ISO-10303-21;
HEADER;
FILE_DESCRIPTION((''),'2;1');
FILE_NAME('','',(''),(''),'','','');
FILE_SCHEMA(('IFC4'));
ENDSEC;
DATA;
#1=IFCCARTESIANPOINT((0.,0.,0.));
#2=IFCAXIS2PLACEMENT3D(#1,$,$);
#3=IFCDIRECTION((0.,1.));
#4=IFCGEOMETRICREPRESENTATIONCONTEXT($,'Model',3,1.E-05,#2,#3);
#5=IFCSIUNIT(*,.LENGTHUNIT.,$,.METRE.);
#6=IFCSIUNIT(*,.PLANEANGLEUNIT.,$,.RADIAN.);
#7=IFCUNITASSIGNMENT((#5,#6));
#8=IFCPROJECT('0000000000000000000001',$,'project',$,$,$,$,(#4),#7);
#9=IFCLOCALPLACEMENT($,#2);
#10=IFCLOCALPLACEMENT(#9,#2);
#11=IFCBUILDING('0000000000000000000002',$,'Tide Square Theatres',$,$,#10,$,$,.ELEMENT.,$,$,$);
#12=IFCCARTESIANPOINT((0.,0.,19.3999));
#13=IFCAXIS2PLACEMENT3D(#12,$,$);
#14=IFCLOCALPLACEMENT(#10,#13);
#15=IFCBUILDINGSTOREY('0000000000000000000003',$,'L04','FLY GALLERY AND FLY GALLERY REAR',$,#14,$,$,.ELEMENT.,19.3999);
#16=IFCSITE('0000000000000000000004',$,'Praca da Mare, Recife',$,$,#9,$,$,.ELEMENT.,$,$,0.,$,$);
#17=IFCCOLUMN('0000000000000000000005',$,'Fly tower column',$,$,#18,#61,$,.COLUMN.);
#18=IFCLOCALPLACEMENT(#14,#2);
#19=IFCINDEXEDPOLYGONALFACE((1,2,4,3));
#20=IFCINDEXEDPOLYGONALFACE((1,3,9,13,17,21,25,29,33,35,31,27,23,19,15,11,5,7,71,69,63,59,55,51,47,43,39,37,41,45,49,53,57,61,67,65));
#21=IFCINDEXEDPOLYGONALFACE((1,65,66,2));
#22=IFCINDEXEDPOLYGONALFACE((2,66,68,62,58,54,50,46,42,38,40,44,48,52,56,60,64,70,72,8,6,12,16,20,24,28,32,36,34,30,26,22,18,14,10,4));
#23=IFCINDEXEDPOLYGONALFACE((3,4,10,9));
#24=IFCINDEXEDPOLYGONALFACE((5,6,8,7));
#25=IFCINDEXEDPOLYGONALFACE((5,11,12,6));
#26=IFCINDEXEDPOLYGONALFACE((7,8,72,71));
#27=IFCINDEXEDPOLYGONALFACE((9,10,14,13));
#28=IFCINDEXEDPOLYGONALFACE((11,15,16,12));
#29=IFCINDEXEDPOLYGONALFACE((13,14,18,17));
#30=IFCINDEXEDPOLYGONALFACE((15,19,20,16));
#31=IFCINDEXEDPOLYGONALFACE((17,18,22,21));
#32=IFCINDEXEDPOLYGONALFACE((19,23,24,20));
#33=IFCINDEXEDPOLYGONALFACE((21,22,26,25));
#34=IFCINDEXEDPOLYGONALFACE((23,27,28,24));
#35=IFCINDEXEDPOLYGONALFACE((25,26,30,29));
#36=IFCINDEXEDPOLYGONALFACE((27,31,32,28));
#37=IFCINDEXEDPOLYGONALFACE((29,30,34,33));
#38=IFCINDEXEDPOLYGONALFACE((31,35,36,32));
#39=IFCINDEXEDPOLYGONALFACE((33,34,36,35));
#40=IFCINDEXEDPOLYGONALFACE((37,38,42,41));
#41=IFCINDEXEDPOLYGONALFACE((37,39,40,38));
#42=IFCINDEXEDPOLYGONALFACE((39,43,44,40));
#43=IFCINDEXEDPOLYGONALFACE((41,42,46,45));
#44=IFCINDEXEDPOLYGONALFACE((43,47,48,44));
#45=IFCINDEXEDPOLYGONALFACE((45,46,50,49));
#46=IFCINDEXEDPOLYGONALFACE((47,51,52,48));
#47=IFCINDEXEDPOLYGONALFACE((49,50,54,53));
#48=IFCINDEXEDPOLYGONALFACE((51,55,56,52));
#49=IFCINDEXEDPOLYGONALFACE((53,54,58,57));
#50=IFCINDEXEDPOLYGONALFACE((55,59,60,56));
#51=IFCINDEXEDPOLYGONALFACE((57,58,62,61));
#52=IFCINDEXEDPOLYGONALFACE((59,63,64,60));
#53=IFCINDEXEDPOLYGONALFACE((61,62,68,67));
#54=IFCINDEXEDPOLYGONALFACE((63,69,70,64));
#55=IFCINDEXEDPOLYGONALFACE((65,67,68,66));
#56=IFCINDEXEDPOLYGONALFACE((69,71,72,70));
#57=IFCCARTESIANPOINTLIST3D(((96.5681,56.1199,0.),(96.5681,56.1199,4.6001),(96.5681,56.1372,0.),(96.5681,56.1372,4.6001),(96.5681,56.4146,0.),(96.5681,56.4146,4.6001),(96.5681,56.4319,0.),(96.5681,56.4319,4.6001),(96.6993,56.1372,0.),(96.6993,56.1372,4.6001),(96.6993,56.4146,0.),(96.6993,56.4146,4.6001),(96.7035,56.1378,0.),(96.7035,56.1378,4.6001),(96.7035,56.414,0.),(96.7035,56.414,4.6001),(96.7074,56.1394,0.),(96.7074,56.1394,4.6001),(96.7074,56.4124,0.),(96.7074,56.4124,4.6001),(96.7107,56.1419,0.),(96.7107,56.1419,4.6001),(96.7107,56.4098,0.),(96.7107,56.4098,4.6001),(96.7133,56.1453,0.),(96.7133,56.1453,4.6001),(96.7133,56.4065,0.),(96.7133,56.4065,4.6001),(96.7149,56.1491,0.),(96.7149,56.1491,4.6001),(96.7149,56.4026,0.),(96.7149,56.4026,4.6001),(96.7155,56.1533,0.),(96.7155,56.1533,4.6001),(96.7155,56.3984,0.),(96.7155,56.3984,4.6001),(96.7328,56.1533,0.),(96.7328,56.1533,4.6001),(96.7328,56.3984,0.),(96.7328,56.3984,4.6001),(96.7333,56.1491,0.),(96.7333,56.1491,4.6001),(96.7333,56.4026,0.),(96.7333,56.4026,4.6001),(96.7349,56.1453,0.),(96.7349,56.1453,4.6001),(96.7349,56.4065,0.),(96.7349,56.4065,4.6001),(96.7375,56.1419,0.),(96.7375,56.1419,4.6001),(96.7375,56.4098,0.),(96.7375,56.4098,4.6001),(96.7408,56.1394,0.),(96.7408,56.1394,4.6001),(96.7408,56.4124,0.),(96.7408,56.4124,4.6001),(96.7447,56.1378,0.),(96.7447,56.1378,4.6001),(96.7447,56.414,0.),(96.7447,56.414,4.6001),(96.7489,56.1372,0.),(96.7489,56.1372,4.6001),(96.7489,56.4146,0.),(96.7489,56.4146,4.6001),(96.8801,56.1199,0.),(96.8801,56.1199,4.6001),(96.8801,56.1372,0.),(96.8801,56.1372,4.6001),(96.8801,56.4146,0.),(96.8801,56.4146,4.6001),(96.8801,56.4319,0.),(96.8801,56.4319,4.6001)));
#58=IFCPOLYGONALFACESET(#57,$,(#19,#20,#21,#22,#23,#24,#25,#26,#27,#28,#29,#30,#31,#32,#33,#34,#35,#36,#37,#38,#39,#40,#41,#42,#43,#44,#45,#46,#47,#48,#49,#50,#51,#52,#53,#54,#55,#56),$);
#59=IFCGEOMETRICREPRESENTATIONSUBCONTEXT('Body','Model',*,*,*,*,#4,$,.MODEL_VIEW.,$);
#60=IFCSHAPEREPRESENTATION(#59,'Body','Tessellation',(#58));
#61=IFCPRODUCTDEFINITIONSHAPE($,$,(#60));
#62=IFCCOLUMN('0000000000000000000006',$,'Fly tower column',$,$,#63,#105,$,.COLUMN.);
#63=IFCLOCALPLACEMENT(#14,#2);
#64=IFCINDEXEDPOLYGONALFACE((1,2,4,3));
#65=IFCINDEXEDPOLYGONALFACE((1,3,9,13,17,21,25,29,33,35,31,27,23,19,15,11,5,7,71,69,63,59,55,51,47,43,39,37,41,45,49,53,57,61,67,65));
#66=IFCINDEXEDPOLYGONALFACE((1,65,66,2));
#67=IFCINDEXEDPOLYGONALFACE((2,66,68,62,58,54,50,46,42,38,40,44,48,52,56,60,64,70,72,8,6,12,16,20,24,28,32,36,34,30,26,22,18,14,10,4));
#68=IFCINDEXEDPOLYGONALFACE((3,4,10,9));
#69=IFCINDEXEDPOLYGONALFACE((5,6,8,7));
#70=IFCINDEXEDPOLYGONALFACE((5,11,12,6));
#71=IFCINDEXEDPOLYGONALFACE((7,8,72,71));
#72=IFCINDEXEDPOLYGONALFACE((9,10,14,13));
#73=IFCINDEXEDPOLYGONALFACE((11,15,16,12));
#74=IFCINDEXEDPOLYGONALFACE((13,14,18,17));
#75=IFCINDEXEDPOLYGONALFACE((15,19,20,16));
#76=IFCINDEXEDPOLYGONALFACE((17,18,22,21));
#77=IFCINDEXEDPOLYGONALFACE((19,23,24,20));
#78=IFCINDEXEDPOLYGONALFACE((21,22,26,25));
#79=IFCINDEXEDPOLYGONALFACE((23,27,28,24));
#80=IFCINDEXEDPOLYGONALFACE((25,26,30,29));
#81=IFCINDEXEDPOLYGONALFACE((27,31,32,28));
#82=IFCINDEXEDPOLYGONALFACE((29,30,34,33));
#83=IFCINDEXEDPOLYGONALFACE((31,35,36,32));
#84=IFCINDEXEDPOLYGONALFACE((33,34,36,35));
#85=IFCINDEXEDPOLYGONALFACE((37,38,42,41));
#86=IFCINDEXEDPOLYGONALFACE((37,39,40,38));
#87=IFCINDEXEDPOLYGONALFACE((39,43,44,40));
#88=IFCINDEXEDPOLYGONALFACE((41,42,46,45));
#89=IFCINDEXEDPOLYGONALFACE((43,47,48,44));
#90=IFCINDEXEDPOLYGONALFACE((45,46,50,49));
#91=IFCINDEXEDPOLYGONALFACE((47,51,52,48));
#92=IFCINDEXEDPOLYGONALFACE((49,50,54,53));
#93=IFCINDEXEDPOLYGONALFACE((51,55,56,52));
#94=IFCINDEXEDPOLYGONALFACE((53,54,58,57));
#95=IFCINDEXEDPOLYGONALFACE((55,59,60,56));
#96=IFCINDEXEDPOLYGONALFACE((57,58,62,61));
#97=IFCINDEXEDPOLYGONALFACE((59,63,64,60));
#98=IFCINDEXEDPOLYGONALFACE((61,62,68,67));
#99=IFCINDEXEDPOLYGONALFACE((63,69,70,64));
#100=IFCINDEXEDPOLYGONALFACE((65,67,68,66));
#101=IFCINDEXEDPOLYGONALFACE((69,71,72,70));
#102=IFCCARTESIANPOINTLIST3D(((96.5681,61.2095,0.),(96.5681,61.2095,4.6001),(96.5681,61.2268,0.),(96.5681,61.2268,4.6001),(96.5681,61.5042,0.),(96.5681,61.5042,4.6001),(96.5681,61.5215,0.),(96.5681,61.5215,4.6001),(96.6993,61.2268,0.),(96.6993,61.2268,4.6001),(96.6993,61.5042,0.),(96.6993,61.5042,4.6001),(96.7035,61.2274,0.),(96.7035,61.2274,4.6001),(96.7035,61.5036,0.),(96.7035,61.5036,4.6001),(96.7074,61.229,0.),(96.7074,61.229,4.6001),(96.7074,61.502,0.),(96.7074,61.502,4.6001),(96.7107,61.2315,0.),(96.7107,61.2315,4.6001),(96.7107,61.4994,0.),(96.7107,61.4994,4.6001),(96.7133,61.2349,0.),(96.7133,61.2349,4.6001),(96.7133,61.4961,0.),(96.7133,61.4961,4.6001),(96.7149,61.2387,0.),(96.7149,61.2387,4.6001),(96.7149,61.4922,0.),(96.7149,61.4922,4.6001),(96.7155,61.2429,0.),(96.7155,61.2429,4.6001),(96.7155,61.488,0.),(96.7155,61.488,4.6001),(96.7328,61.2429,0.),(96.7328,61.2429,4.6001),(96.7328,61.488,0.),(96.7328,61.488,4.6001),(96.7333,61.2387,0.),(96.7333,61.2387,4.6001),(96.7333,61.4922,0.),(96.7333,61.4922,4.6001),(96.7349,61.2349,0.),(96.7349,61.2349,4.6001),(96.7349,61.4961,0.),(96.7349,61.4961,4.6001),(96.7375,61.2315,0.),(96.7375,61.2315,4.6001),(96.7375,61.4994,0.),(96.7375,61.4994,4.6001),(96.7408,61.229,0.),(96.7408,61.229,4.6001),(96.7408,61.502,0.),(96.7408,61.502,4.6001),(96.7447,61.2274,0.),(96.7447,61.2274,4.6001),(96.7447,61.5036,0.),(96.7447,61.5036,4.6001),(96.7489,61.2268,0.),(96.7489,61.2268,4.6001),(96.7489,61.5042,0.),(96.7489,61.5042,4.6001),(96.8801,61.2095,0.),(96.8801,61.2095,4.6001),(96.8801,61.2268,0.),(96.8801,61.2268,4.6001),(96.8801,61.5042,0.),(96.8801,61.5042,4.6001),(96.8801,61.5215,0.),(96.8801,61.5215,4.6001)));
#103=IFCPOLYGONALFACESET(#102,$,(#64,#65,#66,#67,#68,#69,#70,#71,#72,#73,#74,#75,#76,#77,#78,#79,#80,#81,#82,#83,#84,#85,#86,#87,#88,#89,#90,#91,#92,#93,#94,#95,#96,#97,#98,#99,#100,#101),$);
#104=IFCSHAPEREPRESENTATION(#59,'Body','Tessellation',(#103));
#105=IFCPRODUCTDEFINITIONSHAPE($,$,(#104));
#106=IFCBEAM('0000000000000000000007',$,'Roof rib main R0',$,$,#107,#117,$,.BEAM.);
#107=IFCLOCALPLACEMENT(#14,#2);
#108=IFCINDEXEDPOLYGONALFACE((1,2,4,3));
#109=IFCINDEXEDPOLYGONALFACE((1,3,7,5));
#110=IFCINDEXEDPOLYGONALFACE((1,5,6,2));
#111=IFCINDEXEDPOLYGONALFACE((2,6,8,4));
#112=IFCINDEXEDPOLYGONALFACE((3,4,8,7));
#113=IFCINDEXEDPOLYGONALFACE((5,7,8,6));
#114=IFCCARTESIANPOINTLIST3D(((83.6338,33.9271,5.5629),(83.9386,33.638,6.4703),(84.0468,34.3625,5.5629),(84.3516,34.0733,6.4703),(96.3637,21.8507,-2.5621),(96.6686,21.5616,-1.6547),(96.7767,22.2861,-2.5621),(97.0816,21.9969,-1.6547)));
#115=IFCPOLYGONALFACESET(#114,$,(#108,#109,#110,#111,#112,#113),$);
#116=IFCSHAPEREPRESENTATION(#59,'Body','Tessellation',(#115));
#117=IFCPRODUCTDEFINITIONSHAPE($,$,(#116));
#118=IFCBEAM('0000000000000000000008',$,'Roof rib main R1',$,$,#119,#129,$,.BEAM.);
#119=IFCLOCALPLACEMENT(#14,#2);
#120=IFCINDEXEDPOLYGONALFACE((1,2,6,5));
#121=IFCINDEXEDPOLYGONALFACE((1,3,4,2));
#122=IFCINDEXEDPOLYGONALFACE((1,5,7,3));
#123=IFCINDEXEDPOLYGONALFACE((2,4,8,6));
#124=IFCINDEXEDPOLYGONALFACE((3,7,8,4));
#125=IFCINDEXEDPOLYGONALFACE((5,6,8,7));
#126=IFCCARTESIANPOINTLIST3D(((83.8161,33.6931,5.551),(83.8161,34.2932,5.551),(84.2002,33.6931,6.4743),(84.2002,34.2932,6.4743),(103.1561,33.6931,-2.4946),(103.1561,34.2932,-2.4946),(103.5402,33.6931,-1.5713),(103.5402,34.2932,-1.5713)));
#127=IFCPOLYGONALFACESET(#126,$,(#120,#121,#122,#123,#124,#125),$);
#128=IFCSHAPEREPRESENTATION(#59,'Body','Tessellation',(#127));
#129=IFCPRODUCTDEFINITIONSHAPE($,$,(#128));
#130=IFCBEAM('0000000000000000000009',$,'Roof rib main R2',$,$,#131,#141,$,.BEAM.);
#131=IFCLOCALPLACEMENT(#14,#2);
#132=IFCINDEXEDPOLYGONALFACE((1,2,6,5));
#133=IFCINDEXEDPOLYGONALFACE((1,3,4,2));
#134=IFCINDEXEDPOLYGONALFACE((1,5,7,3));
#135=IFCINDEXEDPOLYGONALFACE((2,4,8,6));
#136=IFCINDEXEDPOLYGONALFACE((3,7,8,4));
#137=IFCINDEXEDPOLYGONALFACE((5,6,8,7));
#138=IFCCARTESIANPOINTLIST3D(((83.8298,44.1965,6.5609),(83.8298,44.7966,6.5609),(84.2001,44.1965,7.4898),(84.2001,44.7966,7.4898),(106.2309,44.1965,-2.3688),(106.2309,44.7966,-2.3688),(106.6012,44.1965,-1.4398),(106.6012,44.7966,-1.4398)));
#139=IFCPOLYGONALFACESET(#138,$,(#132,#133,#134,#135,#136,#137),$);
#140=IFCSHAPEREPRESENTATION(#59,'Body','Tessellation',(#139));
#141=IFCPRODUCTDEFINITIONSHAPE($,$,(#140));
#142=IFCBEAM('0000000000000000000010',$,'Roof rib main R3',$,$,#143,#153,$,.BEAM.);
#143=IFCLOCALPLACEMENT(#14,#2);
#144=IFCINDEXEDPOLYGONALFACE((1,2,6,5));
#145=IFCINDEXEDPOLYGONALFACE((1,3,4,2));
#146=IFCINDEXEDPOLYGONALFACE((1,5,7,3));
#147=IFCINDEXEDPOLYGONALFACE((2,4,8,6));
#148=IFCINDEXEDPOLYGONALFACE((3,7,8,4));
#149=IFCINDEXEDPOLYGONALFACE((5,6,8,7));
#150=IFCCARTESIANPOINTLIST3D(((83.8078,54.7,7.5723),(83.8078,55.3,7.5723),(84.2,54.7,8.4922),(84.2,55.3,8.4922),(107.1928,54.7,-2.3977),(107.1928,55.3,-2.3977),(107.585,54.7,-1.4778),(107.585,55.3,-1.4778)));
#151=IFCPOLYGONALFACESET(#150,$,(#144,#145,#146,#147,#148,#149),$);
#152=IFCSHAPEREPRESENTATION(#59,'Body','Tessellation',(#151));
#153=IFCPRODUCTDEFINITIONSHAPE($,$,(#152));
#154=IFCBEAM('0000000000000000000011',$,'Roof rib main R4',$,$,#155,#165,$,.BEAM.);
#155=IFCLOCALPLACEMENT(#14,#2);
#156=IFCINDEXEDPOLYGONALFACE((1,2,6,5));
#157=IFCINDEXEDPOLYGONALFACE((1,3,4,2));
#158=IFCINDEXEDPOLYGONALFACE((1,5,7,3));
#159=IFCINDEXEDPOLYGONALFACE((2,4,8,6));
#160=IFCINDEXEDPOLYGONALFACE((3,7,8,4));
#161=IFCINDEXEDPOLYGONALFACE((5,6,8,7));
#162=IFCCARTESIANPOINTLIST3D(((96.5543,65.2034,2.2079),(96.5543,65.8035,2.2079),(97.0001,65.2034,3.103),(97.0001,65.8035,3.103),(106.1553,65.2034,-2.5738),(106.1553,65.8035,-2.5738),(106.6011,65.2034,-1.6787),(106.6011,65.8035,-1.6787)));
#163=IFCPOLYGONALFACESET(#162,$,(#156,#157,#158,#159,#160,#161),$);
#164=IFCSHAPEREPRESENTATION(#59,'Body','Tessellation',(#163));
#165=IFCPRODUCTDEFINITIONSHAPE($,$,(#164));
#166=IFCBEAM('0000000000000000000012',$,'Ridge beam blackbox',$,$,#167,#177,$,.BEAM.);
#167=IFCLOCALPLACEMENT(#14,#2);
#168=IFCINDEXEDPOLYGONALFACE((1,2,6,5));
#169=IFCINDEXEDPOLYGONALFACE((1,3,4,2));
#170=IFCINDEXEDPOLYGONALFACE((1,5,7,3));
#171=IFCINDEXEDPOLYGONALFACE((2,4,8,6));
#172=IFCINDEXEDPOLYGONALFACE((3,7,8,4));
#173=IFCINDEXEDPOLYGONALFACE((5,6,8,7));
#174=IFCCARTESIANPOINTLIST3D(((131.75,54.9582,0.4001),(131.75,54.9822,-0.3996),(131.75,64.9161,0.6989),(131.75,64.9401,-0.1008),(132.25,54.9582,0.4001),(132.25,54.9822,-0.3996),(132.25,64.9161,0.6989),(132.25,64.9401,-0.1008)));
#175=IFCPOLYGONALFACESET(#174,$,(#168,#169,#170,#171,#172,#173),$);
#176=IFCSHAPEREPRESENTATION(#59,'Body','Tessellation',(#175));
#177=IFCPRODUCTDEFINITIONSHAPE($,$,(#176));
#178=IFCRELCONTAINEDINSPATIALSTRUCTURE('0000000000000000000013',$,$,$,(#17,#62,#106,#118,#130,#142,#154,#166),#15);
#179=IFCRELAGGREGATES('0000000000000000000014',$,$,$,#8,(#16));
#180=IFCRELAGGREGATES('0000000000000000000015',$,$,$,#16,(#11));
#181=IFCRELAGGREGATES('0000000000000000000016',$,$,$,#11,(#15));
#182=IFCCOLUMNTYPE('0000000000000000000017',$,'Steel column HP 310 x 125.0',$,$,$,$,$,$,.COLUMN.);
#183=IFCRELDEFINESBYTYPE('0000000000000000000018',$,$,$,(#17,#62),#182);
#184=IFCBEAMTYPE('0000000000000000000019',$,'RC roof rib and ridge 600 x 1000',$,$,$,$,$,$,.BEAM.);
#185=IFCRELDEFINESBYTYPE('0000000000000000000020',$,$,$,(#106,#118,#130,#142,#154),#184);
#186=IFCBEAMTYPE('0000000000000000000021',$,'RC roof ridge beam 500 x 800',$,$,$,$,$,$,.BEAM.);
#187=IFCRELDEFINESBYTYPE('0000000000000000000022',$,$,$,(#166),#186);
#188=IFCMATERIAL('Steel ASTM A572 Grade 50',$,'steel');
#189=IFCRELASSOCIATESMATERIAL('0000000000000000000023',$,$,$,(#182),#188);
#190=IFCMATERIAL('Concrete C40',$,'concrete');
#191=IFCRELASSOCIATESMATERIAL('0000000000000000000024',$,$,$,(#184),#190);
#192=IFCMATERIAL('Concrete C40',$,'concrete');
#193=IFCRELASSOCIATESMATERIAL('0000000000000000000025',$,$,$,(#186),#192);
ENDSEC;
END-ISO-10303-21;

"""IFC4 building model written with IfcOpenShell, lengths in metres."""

from ifc_helpers import new_model, si_unit, direction, frame, origin, origin_2d, place, context, subcontext, project, spatial, rectangle, i_section, extrude, material, material_profile, profile_set, type_object, element, save


model = new_model("IFC4")

# Units and contexts
model_context = context("Model", 3, precision=1e-05, world=origin(), true_north=direction((0.0, 1.0)))
body_context = subcontext(model_context, "Body", "Model", "MODEL_VIEW")
ifc_project = project(units=[si_unit("LENGTHUNIT", "METRE"), si_unit("PLANEANGLEUNIT", "RADIAN")], contexts=[model_context])

# Site, building, storey
site_placement = place(None, origin())
site = spatial("IfcSite", under=ifc_project, at=site_placement, Name="Praca da Mare, Recife", CompositionType="ELEMENT", RefElevation=0.0)
building_placement = place(site_placement, origin())
building = spatial("IfcBuilding", under=site, at=building_placement, Name="Tide Square Theatres", CompositionType="ELEMENT")
storey_placement = place(building_placement, frame((0.0, 0.0, 19.3999)))
storey = spatial("IfcBuildingStorey", under=building, at=storey_placement, Name="L04", Description="FLY GALLERY AND FLY GALLERY REAR", CompositionType="ELEMENT", Elevation=19.3999)

# Columns
ifc_material_1 = material(Name="Steel ASTM A572 Grade 50", Category="steel")
ifc_material_profile_1 = material_profile(ifc_material_1, i_section(OverallWidth=0.312, OverallDepth=0.312, WebThickness=0.0173, FlangeThickness=0.0173, FilletRadius=0.0161, at=origin_2d()))
ifc_profile_set_1 = profile_set([ifc_material_profile_1], Name="Steel ASTM A572 Grade 50")
column_type = type_object("IfcColumnType", Name="Steel column HP 310 x 125.0", PredefinedType="COLUMN", material=ifc_profile_set_1)
for number, where, z_axis, x_axis, name in (
    (1, (96.7241, 56.2759, 0.0), (0.0, 0.0, 1.0), (1.0, 0.0, 0.0), "Fly tower column"),
    (2, (96.7241, 61.3655, 0.0), (0.0, 0.0, 1.0), (1.0, 0.0, 0.0), "Fly tower column"),
):
    element("IfcColumn", number, at=place(storey_placement, frame(where, z_axis=z_axis, x_axis=x_axis)), inside=storey, type_object=column_type, Name=name, PredefinedType="COLUMN", context=body_context, shape_type="SweptSolid", body=[
        extrude(i_section(OverallWidth=0.312, OverallDepth=0.312, WebThickness=0.0173, FlangeThickness=0.0173, FilletRadius=0.0161, at=origin_2d()), origin(), (0.0, 0.0, 1.0), 4.6001),
    ])

# Beams
ifc_material_2 = material(Name="Concrete C40", Category="concrete")
ifc_material_profile_2 = material_profile(ifc_material_2, rectangle(XDim=0.6001, YDim=1.0, at=origin_2d()))
ifc_profile_set_2 = profile_set([ifc_material_profile_2], Name="Concrete C40")
beam_type_1 = type_object("IfcBeamType", Name="RC roof rib and ridge 600 x 1000", PredefinedType="BEAM", material=ifc_profile_set_2)
beam_1_placement = place(storey_placement, frame((96.7227, 21.9238, -2.1084), z_axis=(-0.658333, 0.624534, 0.420186), x_axis=(-0.688238, -0.725485, 0.0)))
element("IfcBeam", 3, at=beam_1_placement, inside=storey, type_object=beam_type_1, Name="Roof rib main R0", PredefinedType="BEAM", context=body_context, shape_type="SweptSolid", body=[
    extrude(rectangle(XDim=0.6001, YDim=1.0, at=origin_2d()), origin(), (0.0, 0.0, 1.0), 19.3367),
])
beam_2_placement = place(storey_placement, frame((103.3481, 33.9932, -2.033), z_axis=(-0.923292, 0.0, 0.384098), x_axis=(0.0, -1.0, 0.0)))
element("IfcBeam", 4, at=beam_2_placement, inside=storey, type_object=beam_type_1, Name="Roof rib main R1", PredefinedType="BEAM", context=body_context, shape_type="SweptSolid", body=[
    extrude(rectangle(XDim=0.6001, YDim=1.0, at=origin_2d()), origin(), (0.0, 0.0, 1.0), 20.9468),
])
beam_3_placement = place(storey_placement, frame((106.416, 44.4966, -1.9043), z_axis=(-0.928916, 0.0, 0.370291), x_axis=(0.0, -1.0, 0.0)))
element("IfcBeam", 5, at=beam_3_placement, inside=storey, type_object=beam_type_1, Name="Roof rib main R2", PredefinedType="BEAM", context=body_context, shape_type="SweptSolid", body=[
    extrude(rectangle(XDim=0.6001, YDim=1.0, at=origin_2d()), origin(), (0.0, 0.0, 1.0), 24.1152),
])
beam_4_placement = place(storey_placement, frame((107.3889, 55.0, -1.9377), z_axis=(-0.919887, 0.0, 0.392185), x_axis=(0.0, -1.0, 0.0)))
element("IfcBeam", 6, at=beam_4_placement, inside=storey, type_object=beam_type_1, Name="Roof rib main R3", PredefinedType="BEAM", context=body_context, shape_type="SweptSolid", body=[
    extrude(rectangle(XDim=0.6001, YDim=1.0, at=origin_2d()), origin(), (0.0, 0.0, 1.0), 25.4216),
])
beam_5_placement = place(storey_placement, frame((106.3782, 65.5034, -2.1262), z_axis=(-0.895127, 0.0, 0.445811), x_axis=(0.0, -1.0, 0.0)))
element("IfcBeam", 7, at=beam_5_placement, inside=storey, type_object=beam_type_1, Name="Roof rib main R4", PredefinedType="BEAM", context=body_context, shape_type="SweptSolid", body=[
    extrude(rectangle(XDim=0.6001, YDim=1.0, at=origin_2d()), origin(), (0.0, 0.0, 1.0), 10.7258),
])
ifc_material_3 = material(Name="Concrete C40", Category="concrete")
ifc_material_profile_3 = material_profile(ifc_material_3, rectangle(XDim=0.5, YDim=0.8, at=origin_2d()))
ifc_profile_set_3 = profile_set([ifc_material_profile_3], Name="Concrete C40")
beam_type_2 = type_object("IfcBeamType", Name="RC roof ridge beam 500 x 800", PredefinedType="BEAM", material=ifc_profile_set_3)
beam_6_placement = place(storey_placement, frame((132.0, 54.9702, 0.0002), z_axis=(0.0, 0.99955, 0.029995), x_axis=(-1.0, 0.0, 0.0)))
element("IfcBeam", 8, at=beam_6_placement, inside=storey, type_object=beam_type_2, Name="Ridge beam blackbox", PredefinedType="BEAM", context=body_context, shape_type="SweptSolid", body=[
    extrude(rectangle(XDim=0.5, YDim=0.8, at=origin_2d()), origin(), (0.0, 0.0, 1.0), 9.9624),
])

save(model, "model.ifc")
